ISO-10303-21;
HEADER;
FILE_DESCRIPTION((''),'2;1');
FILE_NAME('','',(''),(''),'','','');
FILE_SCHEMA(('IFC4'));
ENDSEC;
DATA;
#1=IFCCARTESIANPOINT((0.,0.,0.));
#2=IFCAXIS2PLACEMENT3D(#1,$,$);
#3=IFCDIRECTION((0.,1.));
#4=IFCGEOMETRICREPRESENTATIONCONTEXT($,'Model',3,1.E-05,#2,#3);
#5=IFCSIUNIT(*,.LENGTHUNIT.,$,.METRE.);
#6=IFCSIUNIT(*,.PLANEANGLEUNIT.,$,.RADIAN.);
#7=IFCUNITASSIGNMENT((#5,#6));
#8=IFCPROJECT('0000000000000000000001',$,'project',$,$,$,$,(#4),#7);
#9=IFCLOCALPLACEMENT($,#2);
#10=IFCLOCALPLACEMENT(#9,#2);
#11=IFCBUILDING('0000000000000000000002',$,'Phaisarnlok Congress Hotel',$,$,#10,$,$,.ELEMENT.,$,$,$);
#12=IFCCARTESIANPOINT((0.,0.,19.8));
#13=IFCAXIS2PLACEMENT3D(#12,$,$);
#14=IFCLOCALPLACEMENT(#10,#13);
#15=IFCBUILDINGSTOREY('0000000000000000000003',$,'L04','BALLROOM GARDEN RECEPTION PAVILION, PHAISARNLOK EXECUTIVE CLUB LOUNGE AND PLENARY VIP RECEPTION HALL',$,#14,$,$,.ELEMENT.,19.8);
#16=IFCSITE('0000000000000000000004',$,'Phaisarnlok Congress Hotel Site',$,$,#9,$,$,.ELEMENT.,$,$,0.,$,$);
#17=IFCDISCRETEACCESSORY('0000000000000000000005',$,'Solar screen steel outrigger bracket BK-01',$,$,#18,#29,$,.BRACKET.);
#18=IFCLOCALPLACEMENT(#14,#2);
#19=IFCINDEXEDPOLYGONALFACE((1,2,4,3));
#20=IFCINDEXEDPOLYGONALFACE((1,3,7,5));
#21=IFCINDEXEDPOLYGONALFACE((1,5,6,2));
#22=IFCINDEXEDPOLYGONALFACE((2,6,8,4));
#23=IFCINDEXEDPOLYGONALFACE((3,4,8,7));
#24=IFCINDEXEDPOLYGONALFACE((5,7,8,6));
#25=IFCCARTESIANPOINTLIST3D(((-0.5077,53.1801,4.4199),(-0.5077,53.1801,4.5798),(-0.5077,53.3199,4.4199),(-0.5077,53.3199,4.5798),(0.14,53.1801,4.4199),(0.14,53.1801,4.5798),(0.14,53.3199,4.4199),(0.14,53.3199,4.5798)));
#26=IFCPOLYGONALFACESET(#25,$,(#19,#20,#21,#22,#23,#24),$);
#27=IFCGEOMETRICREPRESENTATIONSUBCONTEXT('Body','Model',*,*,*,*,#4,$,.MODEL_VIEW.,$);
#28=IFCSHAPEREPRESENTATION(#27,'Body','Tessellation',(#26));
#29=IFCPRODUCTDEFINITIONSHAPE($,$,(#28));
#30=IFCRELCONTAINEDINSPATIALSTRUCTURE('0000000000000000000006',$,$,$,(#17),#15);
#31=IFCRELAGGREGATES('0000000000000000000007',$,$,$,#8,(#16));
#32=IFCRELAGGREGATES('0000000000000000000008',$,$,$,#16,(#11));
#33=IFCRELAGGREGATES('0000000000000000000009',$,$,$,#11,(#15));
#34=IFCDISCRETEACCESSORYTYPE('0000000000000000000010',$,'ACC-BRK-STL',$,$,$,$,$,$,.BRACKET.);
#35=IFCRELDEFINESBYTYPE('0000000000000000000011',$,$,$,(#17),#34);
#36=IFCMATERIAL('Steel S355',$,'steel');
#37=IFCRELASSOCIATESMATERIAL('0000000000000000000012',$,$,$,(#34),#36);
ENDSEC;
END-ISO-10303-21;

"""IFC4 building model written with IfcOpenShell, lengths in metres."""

from ifc_helpers import new_model, si_unit, direction, frame, origin, origin_2d, place, context, subcontext, project, spatial, rectangle, extrude, material, type_object, element, save


model = new_model("IFC4")

# Units and contexts
model_context = context("Model", 3, precision=1e-05, world=origin(), true_north=direction((0.0, 1.0)))
body_context = subcontext(model_context, "Body", "Model", "MODEL_VIEW")
ifc_project = project(units=[si_unit("LENGTHUNIT", "METRE"), si_unit("PLANEANGLEUNIT", "RADIAN")], contexts=[model_context])

# Site, building, storey
site_placement = place(None, origin())
site = spatial("IfcSite", under=ifc_project, at=site_placement, Name="Phaisarnlok Congress Hotel Site", CompositionType="ELEMENT", RefElevation=0.0)
building_placement = place(site_placement, origin())
building = spatial("IfcBuilding", under=site, at=building_placement, Name="Phaisarnlok Congress Hotel", CompositionType="ELEMENT")
storey_placement = place(building_placement, frame((0.0, 0.0, 19.8)))
storey = spatial("IfcBuildingStorey", under=building, at=storey_placement, Name="L04", Description="BALLROOM GARDEN RECEPTION PAVILION, PHAISARNLOK EXECUTIVE CLUB LOUNGE AND PLENARY VIP RECEPTION HALL", CompositionType="ELEMENT", Elevation=19.8)

# Shared definitions
ifc_material_1 = material(Name="Steel S355", Category="steel")

# Discrete accessory
discrete_accessory_type = type_object("IfcDiscreteAccessoryType", Name="ACC-BRK-STL", PredefinedType="BRACKET", material=ifc_material_1)
for number, where, z_axis, x_axis, name in (
    (1, (-0.1838, 53.25, 4.4199), (0.0, 0.0, 1.0), (1.0, 0.0, 0.0), "Solar screen steel outrigger bracket BK-01"),
):
    element("IfcDiscreteAccessory", number, at=place(storey_placement, frame(where, z_axis=z_axis, x_axis=x_axis)), inside=storey, type_object=discrete_accessory_type, Name=name, PredefinedType="BRACKET", context=body_context, shape_type="SweptSolid", body=[
        extrude(rectangle(XDim=0.6477, YDim=0.1399, at=origin_2d()), origin(), (0.0, 0.0, 1.0), 0.1599),
    ])

save(model, "model.ifc")
